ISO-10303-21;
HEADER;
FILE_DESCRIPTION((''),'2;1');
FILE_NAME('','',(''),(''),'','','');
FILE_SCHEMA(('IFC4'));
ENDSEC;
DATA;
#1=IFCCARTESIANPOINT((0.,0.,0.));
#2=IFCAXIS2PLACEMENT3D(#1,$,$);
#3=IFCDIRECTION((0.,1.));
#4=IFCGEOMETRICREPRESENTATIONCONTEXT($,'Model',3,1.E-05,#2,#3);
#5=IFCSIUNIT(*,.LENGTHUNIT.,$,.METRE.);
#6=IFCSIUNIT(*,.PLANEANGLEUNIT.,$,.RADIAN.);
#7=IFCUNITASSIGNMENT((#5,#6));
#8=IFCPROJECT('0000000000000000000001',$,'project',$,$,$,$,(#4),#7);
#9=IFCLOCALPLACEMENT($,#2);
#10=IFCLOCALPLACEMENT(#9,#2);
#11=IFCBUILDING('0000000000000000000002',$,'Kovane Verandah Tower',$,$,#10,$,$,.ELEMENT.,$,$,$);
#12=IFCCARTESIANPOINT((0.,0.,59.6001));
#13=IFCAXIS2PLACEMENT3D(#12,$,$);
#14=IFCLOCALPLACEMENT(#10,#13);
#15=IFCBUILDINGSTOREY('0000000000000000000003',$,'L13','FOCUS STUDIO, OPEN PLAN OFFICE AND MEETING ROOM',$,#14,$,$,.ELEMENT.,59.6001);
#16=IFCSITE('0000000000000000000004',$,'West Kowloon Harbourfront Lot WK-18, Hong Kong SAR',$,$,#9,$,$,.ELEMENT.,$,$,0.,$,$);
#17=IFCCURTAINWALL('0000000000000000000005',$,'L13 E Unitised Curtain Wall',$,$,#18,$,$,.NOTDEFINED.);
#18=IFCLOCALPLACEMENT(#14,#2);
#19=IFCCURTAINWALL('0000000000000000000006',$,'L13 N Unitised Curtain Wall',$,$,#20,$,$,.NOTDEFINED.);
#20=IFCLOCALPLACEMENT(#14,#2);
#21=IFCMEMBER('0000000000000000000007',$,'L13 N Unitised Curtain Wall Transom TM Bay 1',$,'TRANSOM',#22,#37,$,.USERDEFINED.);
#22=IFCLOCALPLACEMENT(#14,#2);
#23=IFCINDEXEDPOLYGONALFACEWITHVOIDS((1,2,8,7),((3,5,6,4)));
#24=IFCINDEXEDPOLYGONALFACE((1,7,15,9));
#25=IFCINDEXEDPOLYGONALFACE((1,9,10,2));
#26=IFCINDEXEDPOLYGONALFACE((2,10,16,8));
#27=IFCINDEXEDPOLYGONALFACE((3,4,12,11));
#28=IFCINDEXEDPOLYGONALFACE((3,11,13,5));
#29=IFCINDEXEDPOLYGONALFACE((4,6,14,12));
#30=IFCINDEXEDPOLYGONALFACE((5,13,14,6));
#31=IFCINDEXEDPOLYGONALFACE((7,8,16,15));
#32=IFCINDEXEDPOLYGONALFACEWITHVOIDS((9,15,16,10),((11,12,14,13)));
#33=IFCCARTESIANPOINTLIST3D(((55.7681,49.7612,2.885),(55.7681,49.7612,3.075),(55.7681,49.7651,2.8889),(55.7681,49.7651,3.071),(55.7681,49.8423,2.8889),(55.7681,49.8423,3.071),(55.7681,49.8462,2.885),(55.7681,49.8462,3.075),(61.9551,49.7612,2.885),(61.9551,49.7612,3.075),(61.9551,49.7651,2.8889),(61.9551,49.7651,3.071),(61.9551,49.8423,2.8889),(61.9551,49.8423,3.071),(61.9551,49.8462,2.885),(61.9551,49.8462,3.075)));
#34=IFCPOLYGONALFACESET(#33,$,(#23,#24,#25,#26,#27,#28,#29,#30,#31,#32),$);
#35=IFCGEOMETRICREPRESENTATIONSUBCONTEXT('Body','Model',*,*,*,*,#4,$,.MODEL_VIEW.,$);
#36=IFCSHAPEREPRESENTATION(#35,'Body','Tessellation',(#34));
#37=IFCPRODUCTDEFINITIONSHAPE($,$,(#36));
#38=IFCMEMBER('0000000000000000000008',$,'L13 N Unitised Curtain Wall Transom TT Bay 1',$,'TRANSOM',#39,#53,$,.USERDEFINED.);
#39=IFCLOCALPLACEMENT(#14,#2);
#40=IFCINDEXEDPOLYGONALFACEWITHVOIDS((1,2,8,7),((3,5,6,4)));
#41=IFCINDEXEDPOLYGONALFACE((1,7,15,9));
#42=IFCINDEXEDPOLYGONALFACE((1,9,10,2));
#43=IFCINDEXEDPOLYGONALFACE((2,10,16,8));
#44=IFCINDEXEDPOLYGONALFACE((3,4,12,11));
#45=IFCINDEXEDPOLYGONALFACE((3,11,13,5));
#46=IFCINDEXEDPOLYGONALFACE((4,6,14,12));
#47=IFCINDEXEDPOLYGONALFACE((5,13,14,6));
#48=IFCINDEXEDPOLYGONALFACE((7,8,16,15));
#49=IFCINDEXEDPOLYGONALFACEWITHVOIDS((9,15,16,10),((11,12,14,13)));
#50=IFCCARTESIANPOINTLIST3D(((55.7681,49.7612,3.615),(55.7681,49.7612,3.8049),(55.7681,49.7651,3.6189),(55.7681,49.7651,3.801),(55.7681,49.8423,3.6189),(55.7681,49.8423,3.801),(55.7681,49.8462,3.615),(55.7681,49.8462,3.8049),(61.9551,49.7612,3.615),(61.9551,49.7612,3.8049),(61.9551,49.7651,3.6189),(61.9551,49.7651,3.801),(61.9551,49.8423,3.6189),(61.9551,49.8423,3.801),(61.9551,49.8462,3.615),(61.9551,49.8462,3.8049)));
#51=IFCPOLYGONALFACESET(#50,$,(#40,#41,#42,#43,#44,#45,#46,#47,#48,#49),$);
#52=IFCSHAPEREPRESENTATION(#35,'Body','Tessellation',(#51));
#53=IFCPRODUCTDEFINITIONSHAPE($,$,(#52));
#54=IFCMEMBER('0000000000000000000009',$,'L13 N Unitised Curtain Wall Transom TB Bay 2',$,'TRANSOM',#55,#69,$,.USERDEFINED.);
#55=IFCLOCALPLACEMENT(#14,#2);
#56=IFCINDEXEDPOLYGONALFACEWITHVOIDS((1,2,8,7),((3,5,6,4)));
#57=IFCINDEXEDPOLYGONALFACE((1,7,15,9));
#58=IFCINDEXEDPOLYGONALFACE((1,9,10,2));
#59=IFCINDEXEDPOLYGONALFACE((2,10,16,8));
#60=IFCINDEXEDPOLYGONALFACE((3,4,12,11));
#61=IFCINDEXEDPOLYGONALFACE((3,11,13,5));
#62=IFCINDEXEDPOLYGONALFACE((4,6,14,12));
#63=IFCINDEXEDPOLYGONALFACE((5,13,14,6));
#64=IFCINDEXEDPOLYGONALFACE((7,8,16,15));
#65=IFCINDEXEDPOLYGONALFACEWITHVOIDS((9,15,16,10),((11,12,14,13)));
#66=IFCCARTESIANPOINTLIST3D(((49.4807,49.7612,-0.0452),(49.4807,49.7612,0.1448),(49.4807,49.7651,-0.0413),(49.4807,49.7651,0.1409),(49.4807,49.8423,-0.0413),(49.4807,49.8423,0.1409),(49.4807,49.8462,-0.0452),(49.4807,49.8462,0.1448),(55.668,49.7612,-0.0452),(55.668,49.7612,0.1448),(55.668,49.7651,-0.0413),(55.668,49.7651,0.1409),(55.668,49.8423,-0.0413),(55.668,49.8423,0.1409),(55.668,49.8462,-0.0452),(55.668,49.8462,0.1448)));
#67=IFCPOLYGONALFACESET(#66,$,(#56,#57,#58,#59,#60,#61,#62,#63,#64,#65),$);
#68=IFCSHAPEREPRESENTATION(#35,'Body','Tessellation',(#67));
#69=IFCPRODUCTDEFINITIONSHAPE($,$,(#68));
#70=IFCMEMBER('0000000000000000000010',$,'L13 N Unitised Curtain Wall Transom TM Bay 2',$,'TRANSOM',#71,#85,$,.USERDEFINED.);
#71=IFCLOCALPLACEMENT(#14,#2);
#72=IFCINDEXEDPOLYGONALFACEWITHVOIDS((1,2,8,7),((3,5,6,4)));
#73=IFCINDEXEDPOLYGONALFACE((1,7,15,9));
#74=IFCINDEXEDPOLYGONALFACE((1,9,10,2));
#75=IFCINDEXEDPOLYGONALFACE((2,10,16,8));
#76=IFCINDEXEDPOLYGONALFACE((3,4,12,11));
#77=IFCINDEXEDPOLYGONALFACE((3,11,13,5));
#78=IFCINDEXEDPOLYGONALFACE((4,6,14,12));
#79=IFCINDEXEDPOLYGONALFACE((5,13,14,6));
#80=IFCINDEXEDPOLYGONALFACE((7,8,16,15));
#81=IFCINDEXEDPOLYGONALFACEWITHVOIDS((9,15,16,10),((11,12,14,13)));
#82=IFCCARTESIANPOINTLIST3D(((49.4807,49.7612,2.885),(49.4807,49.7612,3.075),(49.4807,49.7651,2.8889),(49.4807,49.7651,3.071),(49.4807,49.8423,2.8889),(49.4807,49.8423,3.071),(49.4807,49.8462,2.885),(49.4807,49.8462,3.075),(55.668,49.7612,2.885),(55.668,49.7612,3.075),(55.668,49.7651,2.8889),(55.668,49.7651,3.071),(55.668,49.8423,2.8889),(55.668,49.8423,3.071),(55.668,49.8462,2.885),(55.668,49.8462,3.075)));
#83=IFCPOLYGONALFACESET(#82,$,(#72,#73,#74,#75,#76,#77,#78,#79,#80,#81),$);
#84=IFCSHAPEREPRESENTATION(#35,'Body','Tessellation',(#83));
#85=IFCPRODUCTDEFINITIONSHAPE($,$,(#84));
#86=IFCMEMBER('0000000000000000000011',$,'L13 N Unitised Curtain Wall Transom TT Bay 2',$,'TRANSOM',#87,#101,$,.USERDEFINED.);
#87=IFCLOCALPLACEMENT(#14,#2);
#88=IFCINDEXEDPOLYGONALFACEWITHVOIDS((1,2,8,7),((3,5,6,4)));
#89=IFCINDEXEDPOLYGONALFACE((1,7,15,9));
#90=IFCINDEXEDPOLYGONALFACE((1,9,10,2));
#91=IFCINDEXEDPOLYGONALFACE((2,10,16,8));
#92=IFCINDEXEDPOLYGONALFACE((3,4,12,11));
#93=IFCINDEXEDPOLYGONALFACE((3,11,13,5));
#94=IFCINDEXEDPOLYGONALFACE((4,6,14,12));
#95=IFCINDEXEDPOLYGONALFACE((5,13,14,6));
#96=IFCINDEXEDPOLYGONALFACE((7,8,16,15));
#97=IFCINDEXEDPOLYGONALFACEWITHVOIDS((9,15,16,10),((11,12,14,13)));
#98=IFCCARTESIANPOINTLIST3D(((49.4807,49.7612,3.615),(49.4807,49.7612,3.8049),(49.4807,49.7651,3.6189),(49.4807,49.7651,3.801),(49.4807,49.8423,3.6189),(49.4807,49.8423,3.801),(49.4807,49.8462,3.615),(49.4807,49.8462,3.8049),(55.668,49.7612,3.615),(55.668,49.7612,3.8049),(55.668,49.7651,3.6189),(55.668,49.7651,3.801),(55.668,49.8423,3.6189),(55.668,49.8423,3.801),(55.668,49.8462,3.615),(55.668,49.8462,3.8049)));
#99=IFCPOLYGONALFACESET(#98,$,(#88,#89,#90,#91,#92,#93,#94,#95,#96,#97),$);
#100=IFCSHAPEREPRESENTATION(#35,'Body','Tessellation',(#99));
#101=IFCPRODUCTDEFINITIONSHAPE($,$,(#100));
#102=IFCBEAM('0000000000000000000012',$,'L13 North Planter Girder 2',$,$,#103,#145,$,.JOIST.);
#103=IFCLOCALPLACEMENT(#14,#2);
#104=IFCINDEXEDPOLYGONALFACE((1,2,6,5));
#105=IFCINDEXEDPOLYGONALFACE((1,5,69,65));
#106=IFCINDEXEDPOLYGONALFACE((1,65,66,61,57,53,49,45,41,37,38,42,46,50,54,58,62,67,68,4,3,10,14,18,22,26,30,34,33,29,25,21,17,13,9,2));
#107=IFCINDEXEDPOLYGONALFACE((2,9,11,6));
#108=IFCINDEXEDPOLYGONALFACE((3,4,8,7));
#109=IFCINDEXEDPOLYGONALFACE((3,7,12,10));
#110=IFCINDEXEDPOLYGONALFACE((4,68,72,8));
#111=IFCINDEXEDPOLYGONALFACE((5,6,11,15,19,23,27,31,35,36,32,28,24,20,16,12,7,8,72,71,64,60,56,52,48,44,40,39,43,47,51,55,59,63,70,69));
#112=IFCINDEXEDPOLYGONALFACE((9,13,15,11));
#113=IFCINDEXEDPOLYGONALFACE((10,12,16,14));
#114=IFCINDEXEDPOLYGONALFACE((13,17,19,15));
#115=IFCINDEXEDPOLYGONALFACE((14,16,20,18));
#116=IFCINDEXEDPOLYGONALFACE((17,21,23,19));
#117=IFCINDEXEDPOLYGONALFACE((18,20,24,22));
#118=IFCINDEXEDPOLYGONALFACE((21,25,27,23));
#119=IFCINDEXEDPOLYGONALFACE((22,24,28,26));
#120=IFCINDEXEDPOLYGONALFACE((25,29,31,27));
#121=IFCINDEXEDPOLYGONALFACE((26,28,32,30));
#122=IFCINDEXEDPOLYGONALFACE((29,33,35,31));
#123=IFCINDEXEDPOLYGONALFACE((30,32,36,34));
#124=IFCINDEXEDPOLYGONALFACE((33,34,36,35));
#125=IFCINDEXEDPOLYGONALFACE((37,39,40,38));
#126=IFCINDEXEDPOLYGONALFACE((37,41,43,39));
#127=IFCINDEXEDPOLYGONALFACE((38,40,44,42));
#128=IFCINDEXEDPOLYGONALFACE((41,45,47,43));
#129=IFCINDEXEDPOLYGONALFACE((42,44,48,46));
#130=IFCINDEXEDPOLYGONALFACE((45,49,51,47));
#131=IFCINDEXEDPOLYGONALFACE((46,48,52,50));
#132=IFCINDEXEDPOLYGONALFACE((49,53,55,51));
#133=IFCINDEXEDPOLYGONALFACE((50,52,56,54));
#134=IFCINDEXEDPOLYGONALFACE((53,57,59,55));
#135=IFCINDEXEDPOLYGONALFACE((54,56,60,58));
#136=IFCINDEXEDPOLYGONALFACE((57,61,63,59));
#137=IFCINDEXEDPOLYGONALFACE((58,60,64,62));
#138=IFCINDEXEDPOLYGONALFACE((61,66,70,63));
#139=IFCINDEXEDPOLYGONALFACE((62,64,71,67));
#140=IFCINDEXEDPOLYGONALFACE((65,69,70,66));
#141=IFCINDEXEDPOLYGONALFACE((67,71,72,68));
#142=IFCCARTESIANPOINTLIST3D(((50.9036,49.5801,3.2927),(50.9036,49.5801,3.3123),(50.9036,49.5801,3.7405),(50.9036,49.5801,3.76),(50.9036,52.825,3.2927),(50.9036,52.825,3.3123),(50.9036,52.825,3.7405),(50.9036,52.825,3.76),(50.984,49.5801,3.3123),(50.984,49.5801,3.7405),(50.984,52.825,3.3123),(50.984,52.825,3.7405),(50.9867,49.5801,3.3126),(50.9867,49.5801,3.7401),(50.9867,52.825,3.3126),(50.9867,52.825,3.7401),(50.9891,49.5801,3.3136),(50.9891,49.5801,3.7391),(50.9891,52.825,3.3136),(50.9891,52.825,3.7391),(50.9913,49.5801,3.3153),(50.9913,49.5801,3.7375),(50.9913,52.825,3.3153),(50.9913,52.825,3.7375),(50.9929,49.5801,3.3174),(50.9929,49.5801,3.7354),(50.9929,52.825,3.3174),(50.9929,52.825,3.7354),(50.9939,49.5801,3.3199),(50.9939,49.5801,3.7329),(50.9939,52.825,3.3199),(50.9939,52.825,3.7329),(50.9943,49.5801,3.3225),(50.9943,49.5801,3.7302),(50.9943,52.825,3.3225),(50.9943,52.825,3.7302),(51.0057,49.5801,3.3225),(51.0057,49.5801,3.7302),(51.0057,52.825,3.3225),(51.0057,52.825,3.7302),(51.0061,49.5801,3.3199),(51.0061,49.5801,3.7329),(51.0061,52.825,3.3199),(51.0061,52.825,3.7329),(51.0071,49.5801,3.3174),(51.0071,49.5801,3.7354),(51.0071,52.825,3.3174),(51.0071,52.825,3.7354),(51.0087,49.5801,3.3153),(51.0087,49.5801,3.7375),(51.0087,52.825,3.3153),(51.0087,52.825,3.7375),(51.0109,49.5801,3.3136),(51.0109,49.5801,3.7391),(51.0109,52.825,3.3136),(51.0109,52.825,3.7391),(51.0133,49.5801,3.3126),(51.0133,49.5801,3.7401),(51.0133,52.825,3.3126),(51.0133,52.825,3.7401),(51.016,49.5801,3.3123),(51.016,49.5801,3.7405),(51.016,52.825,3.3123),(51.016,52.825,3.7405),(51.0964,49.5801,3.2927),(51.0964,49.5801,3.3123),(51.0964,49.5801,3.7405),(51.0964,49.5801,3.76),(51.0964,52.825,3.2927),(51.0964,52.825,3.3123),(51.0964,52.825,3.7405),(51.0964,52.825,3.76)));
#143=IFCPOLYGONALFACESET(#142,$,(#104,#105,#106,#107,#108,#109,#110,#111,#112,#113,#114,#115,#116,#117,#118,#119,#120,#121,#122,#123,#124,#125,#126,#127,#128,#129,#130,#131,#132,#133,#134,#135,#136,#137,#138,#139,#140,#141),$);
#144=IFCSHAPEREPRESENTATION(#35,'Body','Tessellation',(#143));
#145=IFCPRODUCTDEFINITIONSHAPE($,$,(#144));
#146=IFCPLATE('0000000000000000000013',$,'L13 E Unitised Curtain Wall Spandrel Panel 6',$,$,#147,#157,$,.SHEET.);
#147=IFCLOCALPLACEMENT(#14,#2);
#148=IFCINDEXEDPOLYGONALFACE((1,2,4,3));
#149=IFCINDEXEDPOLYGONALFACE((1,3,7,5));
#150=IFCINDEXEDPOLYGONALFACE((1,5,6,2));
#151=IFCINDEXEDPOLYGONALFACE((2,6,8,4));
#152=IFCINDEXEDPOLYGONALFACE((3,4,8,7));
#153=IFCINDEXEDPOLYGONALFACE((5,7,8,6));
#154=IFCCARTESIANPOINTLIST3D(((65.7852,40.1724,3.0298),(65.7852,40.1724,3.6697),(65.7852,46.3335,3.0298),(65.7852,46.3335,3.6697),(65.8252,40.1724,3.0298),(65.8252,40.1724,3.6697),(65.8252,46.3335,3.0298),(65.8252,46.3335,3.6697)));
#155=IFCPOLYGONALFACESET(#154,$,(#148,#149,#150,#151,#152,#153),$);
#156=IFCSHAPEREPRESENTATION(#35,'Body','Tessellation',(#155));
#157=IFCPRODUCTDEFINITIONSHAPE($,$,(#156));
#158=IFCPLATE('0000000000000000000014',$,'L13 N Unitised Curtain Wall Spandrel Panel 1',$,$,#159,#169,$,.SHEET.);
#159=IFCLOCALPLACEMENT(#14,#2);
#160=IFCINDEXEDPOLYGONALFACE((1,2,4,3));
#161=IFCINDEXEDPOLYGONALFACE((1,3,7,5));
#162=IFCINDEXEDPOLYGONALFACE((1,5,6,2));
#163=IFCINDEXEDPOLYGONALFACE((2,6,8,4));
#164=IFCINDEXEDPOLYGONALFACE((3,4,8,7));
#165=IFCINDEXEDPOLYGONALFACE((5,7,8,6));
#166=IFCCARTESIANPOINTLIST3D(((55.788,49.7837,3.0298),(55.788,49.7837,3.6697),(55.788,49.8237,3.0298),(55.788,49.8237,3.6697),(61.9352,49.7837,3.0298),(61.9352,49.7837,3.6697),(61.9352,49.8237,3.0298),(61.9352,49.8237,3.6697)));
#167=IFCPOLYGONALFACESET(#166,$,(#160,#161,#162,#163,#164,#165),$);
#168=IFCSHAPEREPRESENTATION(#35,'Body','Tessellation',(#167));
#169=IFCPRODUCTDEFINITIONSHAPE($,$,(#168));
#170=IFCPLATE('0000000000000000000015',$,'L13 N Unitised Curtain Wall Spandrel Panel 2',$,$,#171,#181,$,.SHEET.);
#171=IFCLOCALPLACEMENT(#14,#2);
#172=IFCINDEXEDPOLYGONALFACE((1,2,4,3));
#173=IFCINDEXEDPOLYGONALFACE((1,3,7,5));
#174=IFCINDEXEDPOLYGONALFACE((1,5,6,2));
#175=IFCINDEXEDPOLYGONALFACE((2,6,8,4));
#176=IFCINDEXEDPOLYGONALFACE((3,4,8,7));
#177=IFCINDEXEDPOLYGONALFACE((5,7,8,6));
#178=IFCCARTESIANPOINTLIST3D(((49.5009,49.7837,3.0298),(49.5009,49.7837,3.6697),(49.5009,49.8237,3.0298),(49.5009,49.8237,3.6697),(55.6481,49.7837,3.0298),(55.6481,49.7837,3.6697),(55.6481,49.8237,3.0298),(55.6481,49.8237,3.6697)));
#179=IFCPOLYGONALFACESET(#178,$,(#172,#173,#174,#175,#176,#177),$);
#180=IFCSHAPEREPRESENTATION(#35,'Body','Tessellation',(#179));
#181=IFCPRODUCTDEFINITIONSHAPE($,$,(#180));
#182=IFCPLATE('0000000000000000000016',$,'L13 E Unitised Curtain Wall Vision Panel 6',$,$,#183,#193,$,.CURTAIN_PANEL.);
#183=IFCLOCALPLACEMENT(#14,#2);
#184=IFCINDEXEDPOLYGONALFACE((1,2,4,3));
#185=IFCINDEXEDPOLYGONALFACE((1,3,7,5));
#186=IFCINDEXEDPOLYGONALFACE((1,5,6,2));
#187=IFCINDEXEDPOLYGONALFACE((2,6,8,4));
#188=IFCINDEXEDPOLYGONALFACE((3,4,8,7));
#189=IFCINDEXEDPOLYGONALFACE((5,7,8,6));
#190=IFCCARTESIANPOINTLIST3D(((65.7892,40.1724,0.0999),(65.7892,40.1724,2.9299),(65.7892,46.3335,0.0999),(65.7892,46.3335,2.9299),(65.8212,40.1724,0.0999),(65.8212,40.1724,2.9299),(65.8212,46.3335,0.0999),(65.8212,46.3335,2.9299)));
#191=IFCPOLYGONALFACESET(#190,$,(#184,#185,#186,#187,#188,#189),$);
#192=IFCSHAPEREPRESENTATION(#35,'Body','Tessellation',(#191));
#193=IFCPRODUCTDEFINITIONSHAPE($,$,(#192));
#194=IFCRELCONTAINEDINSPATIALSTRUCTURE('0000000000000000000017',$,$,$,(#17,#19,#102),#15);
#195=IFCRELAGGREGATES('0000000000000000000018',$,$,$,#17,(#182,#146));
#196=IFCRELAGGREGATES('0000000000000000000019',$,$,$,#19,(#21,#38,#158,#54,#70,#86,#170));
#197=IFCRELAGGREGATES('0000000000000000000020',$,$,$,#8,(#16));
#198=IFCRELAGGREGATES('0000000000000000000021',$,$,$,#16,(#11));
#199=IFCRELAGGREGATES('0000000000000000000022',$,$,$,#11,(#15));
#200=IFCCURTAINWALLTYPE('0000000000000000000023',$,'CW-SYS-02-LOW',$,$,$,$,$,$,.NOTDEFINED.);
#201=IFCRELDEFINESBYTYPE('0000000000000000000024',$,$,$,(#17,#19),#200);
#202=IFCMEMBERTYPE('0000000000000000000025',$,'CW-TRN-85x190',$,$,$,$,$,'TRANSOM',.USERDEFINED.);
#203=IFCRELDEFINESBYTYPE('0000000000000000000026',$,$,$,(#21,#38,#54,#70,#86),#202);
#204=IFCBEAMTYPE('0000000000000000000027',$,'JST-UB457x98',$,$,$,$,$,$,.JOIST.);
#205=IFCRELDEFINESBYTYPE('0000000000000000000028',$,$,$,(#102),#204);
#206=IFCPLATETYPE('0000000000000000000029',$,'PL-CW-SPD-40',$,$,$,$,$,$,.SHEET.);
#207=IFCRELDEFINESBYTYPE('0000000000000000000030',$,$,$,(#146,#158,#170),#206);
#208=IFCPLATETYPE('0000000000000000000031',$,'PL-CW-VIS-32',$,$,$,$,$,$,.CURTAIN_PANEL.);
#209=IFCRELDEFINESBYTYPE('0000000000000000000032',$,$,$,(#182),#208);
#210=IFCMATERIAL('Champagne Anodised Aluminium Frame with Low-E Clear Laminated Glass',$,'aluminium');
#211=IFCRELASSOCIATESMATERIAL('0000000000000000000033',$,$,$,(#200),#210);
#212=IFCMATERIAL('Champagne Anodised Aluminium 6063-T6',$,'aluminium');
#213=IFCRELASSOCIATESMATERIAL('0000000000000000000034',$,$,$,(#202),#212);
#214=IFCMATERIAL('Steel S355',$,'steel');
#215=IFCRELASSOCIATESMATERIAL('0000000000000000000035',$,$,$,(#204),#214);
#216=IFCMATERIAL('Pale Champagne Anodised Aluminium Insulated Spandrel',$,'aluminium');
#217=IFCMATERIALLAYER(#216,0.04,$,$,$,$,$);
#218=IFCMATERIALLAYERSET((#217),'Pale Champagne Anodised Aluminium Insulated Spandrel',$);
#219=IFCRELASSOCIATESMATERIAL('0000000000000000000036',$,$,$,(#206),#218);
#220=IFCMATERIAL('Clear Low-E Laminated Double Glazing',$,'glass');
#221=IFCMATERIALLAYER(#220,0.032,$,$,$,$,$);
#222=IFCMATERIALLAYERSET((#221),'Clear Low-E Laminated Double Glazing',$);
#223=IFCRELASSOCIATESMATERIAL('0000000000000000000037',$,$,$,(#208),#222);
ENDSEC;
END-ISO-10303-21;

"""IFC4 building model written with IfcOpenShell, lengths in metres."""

from ifc_helpers import new_model, si_unit, direction, frame, origin, origin_2d, place, context, subcontext, project, spatial, rectangle, hollow_rectangle, i_section, extrude, material, layer, layer_set, material_profile, profile_set, type_object, element, aggregate, save


model = new_model("IFC4")

# Units and contexts
model_context = context("Model", 3, precision=1e-05, world=origin(), true_north=direction((0.0, 1.0)))
body_context = subcontext(model_context, "Body", "Model", "MODEL_VIEW")
ifc_project = project(units=[si_unit("LENGTHUNIT", "METRE"), si_unit("PLANEANGLEUNIT", "RADIAN")], contexts=[model_context])

# Site, building, storey
site_placement = place(None, origin())
site = spatial("IfcSite", under=ifc_project, at=site_placement, Name="West Kowloon Harbourfront Lot WK-18, Hong Kong SAR", CompositionType="ELEMENT", RefElevation=0.0)
building_placement = place(site_placement, origin())
building = spatial("IfcBuilding", under=site, at=building_placement, Name="Kovane Verandah Tower", CompositionType="ELEMENT")
storey_placement = place(building_placement, frame((0.0, 0.0, 59.6001)))
storey = spatial("IfcBuildingStorey", under=building, at=storey_placement, Name="L13", Description="FOCUS STUDIO, OPEN PLAN OFFICE AND MEETING ROOM", CompositionType="ELEMENT", Elevation=59.6001)

# Shared definitions
ifc_material_1 = material(Name="Steel S355", Category="steel")

# Curtain wall
ifc_material_2 = material(Name="Champagne Anodised Aluminium Frame with Low-E Clear Laminated Glass", Category="aluminium")
curtain_wall_type = type_object("IfcCurtainWallType", Name="CW-SYS-02-LOW", PredefinedType="NOTDEFINED", material=ifc_material_2)
curtain_wall_1_placement = place(storey_placement, origin())
curtain_wall_1 = element("IfcCurtainWall", 1, at=curtain_wall_1_placement, inside=storey, type_object=curtain_wall_type, Name="L13 E Unitised Curtain Wall", PredefinedType="NOTDEFINED")
ifc_material_3 = material(Name="Champagne Anodised Aluminium 6063-T6", Category="aluminium")

# Curtain wall, members
curtain_wall_2_placement = place(storey_placement, origin())
curtain_wall_2 = element("IfcCurtainWall", 2, at=curtain_wall_2_placement, inside=storey, type_object=curtain_wall_type, Name="L13 N Unitised Curtain Wall", PredefinedType="NOTDEFINED")
ifc_material_profile_1 = material_profile(ifc_material_3, hollow_rectangle(XDim=0.085, YDim=0.1899, WallThickness=0.0039, at=origin_2d()), Name="AL85x190x4")
ifc_profile_set_1 = profile_set([ifc_material_profile_1], Name="Champagne Anodised Aluminium 6063-T6")
member_type_1 = type_object("IfcMemberType", Name="CW-TRN-85x190", ElementType="TRANSOM", PredefinedType="USERDEFINED", material=ifc_profile_set_1)
member_1_placement = place(storey_placement, frame((61.9551, 49.8037, 2.98), z_axis=(-1.0, 0.0, 0.0), x_axis=(0.0, -1.0, 0.0)))
member_1 = element("IfcMember", 3, at=member_1_placement, type_object=member_type_1, Name="L13 N Unitised Curtain Wall Transom TM Bay 1", ObjectType="TRANSOM", PredefinedType="USERDEFINED", context=body_context, shape_type="SweptSolid", body=[
    extrude(hollow_rectangle(XDim=0.085, YDim=0.1899, WallThickness=0.0039, at=origin_2d()), origin(), (0.0, 0.0, 1.0), 6.187),
])
member_2_placement = place(storey_placement, frame((61.9551, 49.8037, 3.71), z_axis=(-1.0, 0.0, 0.0), x_axis=(0.0, -1.0, 0.0)))
member_2 = element("IfcMember", 4, at=member_2_placement, type_object=member_type_1, Name="L13 N Unitised Curtain Wall Transom TT Bay 1", ObjectType="TRANSOM", PredefinedType="USERDEFINED", context=body_context, shape_type="SweptSolid", body=[
    extrude(hollow_rectangle(XDim=0.085, YDim=0.1899, WallThickness=0.0039, at=origin_2d()), origin(), (0.0, 0.0, 1.0), 6.187),
])
member_3_placement = place(storey_placement, frame((55.668, 49.8037, 0.0498), z_axis=(-1.0, 0.0, 0.0), x_axis=(0.0, -1.0, 0.0)))
member_3 = element("IfcMember", 5, at=member_3_placement, type_object=member_type_1, Name="L13 N Unitised Curtain Wall Transom TB Bay 2", ObjectType="TRANSOM", PredefinedType="USERDEFINED", context=body_context, shape_type="SweptSolid", body=[
    extrude(hollow_rectangle(XDim=0.085, YDim=0.1899, WallThickness=0.0039, at=origin_2d()), origin(), (0.0, 0.0, 1.0), 6.1873),
])
member_4_placement = place(storey_placement, frame((55.668, 49.8037, 2.98), z_axis=(-1.0, 0.0, 0.0), x_axis=(0.0, -1.0, 0.0)))
member_4 = element("IfcMember", 6, at=member_4_placement, type_object=member_type_1, Name="L13 N Unitised Curtain Wall Transom TM Bay 2", ObjectType="TRANSOM", PredefinedType="USERDEFINED", context=body_context, shape_type="SweptSolid", body=[
    extrude(hollow_rectangle(XDim=0.085, YDim=0.1899, WallThickness=0.0039, at=origin_2d()), origin(), (0.0, 0.0, 1.0), 6.1873),
])
member_5_placement = place(storey_placement, frame((55.668, 49.8037, 3.71), z_axis=(-1.0, 0.0, 0.0), x_axis=(0.0, -1.0, 0.0)))
member_5 = element("IfcMember", 7, at=member_5_placement, type_object=member_type_1, Name="L13 N Unitised Curtain Wall Transom TT Bay 2", ObjectType="TRANSOM", PredefinedType="USERDEFINED", context=body_context, shape_type="SweptSolid", body=[
    extrude(hollow_rectangle(XDim=0.085, YDim=0.1899, WallThickness=0.0039, at=origin_2d()), origin(), (0.0, 0.0, 1.0), 6.1873),
])

# Beam
ifc_material_profile_2 = material_profile(ifc_material_1, i_section(OverallWidth=0.1929, OverallDepth=0.4673, WebThickness=0.0115, FlangeThickness=0.0195, FilletRadius=0.0103, at=origin_2d()), Name="UB457x191x98")
ifc_profile_set_2 = profile_set([ifc_material_profile_2], Name="Steel S355")
beam_type_1 = type_object("IfcBeamType", Name="JST-UB457x98", PredefinedType="JOIST", material=ifc_profile_set_2)
beam_1_placement = place(storey_placement, frame((51.0, 49.5801, 3.5264), z_axis=(0.0, 1.0, 0.0), x_axis=(-1.0, 0.0, 0.0)))
element("IfcBeam", 8, at=beam_1_placement, inside=storey, type_object=beam_type_1, Name="L13 North Planter Girder 2", PredefinedType="JOIST", context=body_context, shape_type="SweptSolid", body=[
    extrude(i_section(OverallWidth=0.1929, OverallDepth=0.4673, WebThickness=0.0115, FlangeThickness=0.0195, FilletRadius=0.0103, at=origin_2d()), origin(), (0.0, 0.0, 1.0), 3.2449),
])

# Plates
ifc_material_4 = material(Name="Pale Champagne Anodised Aluminium Insulated Spandrel", Category="aluminium")
ifc_layer_1 = layer(ifc_material_4, 0.04)
ifc_layer_set_1 = layer_set([ifc_layer_1], Name="Pale Champagne Anodised Aluminium Insulated Spandrel")
plate_type_1 = type_object("IfcPlateType", Name="PL-CW-SPD-40", PredefinedType="SHEET", material=ifc_layer_set_1)
plate_1_placement = place(storey_placement, frame((65.8052, 43.2529, 3.0298), z_axis=(0.0, 0.0, 1.0), x_axis=(0.0, 1.0, 0.0)))
plate_1 = element("IfcPlate", 9, at=plate_1_placement, type_object=plate_type_1, Name="L13 E Unitised Curtain Wall Spandrel Panel 6", PredefinedType="SHEET", context=body_context, shape_type="SweptSolid", body=[
    extrude(rectangle(XDim=6.1611, YDim=0.04, at=origin_2d()), origin(), (0.0, 0.0, 1.0), 0.6399),
])
plate_2_placement = place(storey_placement, frame((58.8616, 49.8037, 3.0298), z_axis=(0.0, 0.0, 1.0), x_axis=(-1.0, 0.0, 0.0)))
plate_2 = element("IfcPlate", 10, at=plate_2_placement, type_object=plate_type_1, Name="L13 N Unitised Curtain Wall Spandrel Panel 1", PredefinedType="SHEET", context=body_context, shape_type="SweptSolid", body=[
    extrude(rectangle(XDim=6.1472, YDim=0.04, at=origin_2d()), origin(), (0.0, 0.0, 1.0), 0.6399),
])
plate_3_placement = place(storey_placement, frame((52.5745, 49.8037, 3.0298), z_axis=(0.0, 0.0, 1.0), x_axis=(-1.0, 0.0, 0.0)))
plate_3 = element("IfcPlate", 11, at=plate_3_placement, type_object=plate_type_1, Name="L13 N Unitised Curtain Wall Spandrel Panel 2", PredefinedType="SHEET", context=body_context, shape_type="SweptSolid", body=[
    extrude(rectangle(XDim=6.1472, YDim=0.04, at=origin_2d()), origin(), (0.0, 0.0, 1.0), 0.6399),
])
ifc_material_5 = material(Name="Clear Low-E Laminated Double Glazing", Category="glass")
ifc_layer_2 = layer(ifc_material_5, 0.032)
ifc_layer_set_2 = layer_set([ifc_layer_2], Name="Clear Low-E Laminated Double Glazing")
plate_type_2 = type_object("IfcPlateType", Name="PL-CW-VIS-32", PredefinedType="CURTAIN_PANEL", material=ifc_layer_set_2)
plate_4_placement = place(storey_placement, frame((65.8052, 43.2529, 0.0999), z_axis=(0.0, 0.0, 1.0), x_axis=(0.0, 1.0, 0.0)))
plate_4 = element("IfcPlate", 12, at=plate_4_placement, type_object=plate_type_2, Name="L13 E Unitised Curtain Wall Vision Panel 6", PredefinedType="CURTAIN_PANEL", context=body_context, shape_type="SweptSolid", body=[
    extrude(rectangle(XDim=6.1611, YDim=0.032, at=origin_2d()), origin(), (0.0, 0.0, 1.0), 2.8301),
])
aggregate(curtain_wall_1, [plate_4, plate_1])
aggregate(curtain_wall_2, [member_1, member_2, plate_2, member_3, member_4, member_5, plate_3])

save(model, "model.ifc")
